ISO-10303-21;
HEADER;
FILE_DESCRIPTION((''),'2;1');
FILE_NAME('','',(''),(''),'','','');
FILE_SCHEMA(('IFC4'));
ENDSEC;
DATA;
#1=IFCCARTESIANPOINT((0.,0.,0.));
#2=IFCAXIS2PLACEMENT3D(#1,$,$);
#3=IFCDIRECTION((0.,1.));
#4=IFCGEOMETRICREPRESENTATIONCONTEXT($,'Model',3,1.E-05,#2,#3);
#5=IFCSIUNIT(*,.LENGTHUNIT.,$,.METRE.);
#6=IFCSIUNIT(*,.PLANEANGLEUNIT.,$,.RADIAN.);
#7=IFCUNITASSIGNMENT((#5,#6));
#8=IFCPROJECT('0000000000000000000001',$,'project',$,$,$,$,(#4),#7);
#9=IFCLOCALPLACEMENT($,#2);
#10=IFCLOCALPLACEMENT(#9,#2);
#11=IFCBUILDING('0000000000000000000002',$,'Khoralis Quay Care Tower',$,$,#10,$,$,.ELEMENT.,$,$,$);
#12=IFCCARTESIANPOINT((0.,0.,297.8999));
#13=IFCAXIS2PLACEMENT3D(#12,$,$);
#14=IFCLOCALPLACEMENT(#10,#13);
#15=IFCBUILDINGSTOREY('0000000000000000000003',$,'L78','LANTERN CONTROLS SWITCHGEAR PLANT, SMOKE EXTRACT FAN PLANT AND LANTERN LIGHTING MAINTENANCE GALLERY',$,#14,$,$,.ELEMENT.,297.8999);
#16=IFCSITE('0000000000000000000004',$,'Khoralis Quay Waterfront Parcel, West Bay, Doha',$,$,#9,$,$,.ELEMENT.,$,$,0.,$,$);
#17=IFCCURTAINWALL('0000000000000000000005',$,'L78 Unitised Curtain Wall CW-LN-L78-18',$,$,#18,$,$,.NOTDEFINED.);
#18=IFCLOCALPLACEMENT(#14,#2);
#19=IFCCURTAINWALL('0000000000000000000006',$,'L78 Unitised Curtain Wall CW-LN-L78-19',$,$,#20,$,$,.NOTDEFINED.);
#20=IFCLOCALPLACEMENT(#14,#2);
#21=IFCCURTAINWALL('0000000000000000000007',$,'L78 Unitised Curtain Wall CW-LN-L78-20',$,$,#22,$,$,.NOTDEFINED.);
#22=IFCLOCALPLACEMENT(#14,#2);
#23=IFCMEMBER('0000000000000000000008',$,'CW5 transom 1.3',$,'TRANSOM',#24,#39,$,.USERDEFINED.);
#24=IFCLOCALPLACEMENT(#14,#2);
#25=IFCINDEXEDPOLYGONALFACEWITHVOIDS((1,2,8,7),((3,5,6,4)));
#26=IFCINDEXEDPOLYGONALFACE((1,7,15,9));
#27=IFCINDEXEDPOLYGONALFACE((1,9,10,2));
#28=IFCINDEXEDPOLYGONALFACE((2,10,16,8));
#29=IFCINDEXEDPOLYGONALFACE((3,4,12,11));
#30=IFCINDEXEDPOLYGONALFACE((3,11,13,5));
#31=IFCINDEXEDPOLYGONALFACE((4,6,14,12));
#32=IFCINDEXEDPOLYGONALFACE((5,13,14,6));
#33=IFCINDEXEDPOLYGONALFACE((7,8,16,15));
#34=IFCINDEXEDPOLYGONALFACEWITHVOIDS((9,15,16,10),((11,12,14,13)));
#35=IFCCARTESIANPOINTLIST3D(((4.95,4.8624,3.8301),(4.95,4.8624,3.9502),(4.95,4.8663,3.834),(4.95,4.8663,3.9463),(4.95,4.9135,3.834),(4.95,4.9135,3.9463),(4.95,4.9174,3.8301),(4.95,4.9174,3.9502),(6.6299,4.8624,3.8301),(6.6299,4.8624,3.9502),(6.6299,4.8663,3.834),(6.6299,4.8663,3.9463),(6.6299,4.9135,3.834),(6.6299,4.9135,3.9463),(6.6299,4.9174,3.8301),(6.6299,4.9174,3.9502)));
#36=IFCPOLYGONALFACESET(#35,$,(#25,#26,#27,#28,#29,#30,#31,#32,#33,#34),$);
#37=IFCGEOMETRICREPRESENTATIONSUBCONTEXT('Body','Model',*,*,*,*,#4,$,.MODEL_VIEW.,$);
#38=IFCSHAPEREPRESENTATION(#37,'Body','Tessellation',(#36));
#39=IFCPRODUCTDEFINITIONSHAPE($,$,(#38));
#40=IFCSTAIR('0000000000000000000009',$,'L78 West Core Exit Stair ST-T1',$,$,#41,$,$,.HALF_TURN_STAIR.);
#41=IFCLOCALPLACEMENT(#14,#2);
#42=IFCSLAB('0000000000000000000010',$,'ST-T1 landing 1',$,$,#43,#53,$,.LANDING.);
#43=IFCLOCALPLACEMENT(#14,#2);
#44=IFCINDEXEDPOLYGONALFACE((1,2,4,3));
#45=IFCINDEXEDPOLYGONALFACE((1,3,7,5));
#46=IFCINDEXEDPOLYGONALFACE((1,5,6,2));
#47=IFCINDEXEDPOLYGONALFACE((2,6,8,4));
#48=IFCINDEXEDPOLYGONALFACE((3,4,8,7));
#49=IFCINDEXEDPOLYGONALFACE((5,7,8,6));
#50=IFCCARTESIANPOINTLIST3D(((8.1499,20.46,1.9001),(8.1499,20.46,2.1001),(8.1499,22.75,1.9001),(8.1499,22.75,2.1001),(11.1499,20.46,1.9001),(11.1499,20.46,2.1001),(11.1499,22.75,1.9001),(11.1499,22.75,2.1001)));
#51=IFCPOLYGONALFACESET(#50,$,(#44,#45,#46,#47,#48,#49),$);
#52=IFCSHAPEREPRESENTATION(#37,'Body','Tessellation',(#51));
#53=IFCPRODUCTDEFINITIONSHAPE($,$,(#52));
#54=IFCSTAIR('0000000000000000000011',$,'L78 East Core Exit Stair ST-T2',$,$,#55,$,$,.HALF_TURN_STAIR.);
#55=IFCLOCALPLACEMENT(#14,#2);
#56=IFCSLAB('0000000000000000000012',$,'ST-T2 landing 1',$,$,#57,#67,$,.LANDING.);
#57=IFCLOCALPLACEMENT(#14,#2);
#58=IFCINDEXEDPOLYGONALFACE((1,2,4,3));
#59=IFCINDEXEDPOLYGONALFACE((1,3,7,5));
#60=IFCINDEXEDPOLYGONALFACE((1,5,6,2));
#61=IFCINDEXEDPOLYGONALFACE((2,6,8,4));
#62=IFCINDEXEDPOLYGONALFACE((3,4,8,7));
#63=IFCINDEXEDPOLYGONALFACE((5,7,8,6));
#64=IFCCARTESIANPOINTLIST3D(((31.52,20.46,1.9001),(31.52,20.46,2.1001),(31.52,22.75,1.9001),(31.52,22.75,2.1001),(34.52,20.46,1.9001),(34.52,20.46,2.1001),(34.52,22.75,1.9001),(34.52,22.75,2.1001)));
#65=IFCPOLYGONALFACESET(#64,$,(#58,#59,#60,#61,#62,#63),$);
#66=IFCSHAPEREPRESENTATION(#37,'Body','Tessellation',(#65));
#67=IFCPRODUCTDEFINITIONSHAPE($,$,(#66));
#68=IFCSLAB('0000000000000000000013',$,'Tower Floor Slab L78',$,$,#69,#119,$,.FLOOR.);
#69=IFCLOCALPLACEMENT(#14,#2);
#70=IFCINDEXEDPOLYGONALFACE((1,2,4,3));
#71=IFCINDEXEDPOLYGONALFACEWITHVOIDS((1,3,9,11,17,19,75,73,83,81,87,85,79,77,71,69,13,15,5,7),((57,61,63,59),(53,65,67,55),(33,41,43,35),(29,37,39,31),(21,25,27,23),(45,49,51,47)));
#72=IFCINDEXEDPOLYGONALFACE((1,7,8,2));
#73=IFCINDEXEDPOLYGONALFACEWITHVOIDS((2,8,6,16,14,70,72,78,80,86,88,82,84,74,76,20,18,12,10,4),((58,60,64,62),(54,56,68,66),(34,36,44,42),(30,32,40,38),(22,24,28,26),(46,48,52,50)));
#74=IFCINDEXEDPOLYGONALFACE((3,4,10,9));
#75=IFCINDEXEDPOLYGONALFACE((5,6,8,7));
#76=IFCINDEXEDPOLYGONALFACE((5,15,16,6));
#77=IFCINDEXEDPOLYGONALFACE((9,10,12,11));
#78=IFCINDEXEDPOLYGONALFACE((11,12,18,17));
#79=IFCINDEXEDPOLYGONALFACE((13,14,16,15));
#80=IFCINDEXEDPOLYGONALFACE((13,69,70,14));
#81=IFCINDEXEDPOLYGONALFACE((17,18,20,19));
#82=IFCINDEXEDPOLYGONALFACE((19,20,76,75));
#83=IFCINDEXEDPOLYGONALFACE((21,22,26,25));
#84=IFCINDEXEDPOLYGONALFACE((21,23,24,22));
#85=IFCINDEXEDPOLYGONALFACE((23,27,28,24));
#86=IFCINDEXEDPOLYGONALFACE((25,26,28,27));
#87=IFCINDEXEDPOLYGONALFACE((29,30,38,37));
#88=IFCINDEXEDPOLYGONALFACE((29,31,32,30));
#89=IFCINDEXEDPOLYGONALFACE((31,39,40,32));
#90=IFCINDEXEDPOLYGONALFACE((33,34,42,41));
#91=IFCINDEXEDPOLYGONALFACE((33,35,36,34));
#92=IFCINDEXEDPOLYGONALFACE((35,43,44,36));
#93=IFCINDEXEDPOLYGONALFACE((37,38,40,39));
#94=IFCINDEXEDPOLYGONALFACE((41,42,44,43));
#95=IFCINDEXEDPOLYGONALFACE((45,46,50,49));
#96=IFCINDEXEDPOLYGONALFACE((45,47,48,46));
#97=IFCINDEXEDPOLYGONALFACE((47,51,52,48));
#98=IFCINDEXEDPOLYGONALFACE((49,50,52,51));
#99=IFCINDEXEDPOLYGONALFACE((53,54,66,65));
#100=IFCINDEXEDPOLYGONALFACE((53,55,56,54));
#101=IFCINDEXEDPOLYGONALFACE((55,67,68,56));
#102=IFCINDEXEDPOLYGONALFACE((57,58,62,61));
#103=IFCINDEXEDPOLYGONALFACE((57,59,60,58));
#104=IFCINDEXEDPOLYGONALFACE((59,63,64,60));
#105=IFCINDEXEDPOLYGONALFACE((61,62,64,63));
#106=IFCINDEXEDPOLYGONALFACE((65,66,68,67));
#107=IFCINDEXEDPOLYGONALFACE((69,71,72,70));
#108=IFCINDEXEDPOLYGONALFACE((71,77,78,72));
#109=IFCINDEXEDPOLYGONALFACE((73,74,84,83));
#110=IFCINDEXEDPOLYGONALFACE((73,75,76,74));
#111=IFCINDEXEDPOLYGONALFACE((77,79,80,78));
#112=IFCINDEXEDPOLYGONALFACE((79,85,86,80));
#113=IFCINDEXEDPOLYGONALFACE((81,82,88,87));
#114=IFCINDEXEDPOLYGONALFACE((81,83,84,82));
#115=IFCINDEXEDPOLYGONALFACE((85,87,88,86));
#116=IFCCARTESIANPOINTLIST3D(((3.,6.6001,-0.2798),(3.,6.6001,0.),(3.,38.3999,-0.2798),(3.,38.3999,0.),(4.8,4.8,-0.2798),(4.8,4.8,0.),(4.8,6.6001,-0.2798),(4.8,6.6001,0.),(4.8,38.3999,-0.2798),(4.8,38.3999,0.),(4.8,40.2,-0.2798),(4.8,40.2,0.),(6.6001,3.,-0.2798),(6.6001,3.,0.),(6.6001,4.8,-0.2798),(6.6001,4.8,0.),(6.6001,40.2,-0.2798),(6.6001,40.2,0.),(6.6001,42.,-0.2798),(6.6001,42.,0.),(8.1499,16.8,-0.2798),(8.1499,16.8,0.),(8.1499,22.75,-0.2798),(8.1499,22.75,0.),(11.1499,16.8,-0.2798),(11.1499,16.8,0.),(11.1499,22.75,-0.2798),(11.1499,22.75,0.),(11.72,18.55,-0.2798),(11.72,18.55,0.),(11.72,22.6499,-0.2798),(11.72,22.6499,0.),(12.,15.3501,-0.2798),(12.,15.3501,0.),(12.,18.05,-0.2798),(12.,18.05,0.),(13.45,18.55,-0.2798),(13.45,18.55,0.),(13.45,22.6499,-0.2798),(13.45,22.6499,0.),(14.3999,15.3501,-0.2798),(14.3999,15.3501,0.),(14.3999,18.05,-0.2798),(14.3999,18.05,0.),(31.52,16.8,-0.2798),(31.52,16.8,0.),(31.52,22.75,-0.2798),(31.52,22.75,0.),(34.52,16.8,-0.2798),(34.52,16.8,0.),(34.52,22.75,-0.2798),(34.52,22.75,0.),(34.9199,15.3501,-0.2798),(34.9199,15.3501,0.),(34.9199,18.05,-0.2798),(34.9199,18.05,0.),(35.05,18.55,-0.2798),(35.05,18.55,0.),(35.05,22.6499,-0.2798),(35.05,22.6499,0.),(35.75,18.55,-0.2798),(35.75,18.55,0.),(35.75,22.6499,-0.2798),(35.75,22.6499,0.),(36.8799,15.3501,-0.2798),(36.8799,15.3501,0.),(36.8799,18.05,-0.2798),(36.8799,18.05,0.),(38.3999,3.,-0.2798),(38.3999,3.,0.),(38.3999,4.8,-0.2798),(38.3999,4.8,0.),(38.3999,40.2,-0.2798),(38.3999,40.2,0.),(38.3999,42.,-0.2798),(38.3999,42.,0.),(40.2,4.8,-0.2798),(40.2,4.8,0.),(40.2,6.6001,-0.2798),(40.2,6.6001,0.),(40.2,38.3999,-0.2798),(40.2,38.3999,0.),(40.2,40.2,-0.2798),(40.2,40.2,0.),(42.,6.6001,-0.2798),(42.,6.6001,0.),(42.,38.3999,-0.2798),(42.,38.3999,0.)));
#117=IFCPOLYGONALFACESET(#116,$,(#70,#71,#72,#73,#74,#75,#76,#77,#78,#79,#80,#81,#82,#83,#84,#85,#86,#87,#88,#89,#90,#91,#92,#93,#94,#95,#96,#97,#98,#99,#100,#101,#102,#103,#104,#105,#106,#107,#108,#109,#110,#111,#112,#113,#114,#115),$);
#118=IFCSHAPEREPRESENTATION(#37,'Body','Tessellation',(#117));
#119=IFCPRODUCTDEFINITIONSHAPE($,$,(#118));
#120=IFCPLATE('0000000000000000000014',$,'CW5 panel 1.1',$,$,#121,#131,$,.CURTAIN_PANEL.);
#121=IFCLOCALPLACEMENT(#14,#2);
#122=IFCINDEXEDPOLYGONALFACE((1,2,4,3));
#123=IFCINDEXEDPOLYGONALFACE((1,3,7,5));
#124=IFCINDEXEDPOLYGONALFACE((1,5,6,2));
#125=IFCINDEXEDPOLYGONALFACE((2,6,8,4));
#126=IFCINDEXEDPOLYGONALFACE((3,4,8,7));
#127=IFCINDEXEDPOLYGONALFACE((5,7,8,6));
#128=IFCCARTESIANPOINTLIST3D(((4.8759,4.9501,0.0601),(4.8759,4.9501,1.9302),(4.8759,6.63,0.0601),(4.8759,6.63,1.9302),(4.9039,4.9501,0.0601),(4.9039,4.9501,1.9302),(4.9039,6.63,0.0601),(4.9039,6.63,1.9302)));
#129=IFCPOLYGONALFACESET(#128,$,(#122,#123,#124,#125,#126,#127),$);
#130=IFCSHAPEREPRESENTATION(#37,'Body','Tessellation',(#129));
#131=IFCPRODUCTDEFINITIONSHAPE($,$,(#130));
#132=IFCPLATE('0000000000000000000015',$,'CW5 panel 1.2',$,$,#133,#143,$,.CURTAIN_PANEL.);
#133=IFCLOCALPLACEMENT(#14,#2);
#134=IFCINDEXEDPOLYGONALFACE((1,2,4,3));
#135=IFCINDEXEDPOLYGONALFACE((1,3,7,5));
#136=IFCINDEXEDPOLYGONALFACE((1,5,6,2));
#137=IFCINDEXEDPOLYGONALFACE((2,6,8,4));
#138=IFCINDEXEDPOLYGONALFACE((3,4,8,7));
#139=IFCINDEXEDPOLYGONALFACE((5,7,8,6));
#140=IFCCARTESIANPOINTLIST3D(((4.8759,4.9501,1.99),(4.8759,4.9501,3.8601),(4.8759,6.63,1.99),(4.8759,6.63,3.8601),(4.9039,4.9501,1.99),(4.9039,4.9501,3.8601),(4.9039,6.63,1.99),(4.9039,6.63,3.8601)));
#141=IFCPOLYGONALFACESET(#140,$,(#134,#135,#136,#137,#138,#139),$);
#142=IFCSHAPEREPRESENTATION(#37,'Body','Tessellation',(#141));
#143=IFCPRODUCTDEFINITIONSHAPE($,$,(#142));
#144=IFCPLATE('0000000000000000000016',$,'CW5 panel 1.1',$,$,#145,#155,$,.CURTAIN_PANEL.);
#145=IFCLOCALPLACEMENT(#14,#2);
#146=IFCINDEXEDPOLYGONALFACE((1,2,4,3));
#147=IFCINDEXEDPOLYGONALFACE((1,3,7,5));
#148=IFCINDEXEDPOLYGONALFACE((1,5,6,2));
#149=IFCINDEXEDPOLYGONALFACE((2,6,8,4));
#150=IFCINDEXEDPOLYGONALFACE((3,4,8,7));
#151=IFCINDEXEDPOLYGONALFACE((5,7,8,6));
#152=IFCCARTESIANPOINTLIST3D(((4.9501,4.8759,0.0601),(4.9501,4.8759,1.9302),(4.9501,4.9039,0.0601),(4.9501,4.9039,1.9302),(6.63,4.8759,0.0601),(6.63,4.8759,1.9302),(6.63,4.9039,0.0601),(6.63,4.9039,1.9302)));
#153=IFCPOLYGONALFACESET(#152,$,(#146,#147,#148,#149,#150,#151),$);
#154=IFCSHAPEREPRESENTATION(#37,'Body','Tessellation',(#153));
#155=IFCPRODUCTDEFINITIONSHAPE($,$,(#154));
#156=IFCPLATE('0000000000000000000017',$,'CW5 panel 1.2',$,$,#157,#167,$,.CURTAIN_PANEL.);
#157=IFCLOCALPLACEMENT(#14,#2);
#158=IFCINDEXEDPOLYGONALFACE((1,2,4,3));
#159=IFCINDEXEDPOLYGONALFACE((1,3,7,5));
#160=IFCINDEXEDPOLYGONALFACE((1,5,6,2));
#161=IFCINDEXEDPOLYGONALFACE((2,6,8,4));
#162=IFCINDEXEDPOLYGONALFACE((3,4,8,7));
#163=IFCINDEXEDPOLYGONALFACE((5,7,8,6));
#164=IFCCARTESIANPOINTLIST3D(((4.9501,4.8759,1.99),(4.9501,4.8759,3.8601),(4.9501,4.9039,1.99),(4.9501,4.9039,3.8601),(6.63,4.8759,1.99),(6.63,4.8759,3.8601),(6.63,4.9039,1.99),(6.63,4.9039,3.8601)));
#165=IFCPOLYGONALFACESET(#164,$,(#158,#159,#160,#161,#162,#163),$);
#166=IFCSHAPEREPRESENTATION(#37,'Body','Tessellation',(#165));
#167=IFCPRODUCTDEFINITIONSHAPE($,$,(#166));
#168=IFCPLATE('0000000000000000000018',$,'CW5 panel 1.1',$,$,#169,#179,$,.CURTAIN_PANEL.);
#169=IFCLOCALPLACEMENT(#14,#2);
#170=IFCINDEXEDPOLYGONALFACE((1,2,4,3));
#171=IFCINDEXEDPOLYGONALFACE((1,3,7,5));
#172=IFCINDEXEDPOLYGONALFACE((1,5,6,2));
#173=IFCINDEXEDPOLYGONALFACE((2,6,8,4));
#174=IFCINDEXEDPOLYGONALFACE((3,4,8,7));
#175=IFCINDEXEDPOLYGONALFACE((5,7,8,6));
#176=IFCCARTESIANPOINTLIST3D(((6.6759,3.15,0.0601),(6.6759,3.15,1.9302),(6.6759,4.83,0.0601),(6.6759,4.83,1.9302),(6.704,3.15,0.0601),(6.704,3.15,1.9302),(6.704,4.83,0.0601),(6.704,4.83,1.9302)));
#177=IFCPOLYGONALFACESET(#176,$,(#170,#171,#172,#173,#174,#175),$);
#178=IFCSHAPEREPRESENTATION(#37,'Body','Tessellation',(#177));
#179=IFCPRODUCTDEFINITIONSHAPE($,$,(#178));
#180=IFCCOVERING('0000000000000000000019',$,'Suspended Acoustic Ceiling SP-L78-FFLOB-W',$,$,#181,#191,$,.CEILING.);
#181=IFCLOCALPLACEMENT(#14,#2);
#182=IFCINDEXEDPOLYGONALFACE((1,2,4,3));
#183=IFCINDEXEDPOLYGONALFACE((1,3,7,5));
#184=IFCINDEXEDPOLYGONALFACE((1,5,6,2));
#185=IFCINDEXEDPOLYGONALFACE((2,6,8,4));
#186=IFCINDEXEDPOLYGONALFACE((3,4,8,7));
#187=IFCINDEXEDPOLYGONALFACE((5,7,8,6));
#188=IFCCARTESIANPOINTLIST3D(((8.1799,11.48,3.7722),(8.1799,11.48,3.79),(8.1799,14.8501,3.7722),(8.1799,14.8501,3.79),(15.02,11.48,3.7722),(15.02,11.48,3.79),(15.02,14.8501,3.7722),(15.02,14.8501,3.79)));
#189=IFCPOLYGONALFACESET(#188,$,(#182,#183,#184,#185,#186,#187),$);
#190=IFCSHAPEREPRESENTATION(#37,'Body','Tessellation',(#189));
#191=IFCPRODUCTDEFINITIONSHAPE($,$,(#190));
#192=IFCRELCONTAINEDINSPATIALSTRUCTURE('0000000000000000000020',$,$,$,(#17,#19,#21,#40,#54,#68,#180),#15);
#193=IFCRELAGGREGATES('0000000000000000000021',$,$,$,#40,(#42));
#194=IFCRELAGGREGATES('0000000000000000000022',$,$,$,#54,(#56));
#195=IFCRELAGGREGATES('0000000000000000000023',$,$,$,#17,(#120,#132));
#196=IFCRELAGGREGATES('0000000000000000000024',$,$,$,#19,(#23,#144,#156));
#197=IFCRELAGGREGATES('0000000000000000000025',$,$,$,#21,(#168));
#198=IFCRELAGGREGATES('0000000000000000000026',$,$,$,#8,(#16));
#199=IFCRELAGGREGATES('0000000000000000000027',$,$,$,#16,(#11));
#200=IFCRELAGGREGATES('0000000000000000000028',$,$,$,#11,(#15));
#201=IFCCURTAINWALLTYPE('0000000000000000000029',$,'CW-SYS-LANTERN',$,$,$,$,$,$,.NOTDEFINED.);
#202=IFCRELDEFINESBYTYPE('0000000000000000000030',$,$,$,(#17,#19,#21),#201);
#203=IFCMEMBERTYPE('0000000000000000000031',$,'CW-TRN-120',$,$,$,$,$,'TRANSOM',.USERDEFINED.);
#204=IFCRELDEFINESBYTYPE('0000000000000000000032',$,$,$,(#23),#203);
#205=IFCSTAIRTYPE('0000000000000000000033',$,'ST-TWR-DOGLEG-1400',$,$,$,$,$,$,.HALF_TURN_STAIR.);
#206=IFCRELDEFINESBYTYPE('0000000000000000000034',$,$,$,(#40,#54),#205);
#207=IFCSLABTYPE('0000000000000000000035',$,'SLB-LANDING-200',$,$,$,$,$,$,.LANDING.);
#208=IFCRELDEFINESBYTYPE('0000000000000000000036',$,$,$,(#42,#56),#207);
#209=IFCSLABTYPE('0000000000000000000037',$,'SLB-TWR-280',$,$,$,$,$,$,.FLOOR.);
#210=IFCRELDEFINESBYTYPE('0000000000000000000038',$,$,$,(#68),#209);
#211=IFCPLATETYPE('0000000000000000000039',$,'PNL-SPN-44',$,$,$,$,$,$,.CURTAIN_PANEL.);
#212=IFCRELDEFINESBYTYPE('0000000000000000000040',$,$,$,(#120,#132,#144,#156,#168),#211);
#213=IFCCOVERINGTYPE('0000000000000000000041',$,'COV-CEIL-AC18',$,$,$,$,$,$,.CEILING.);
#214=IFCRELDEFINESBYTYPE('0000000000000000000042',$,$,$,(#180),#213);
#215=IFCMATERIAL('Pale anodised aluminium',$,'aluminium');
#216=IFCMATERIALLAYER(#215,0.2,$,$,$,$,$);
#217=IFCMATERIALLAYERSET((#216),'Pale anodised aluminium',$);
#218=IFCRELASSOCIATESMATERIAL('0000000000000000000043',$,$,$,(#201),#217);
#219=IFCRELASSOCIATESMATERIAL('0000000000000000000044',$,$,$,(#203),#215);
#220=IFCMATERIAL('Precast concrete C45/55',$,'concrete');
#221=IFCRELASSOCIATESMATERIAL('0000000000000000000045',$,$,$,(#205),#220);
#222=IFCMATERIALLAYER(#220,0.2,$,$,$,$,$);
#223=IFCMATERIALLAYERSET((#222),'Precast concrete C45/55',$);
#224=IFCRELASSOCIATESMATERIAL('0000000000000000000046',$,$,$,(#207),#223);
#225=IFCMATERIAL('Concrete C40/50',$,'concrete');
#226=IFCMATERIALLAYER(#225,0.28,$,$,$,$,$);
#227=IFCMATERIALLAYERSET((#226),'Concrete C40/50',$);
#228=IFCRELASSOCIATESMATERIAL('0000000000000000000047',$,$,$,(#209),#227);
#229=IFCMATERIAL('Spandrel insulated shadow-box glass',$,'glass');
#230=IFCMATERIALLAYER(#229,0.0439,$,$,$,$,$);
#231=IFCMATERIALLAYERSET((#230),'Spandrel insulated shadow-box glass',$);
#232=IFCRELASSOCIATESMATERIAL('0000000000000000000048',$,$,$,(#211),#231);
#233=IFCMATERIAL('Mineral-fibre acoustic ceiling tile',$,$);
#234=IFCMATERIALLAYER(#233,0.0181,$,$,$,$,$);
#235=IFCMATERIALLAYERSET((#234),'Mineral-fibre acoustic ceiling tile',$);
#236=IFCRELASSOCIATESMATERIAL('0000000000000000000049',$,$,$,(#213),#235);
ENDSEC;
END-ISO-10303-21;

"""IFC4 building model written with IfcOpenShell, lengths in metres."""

from ifc_helpers import new_model, si_unit, direction, frame, origin, origin_2d, place, context, subcontext, project, spatial, polyline, rectangle, hollow_rectangle, outline, extrude, source, transform, mapped, material, layer, layer_set, material_profile, profile_set, type_object, element, aggregate, save


model = new_model("IFC4")

# Units and contexts
model_context = context("Model", 3, precision=1e-05, world=origin(), true_north=direction((0.0, 1.0)))
body_context = subcontext(model_context, "Body", "Model", "MODEL_VIEW")
ifc_project = project(units=[si_unit("LENGTHUNIT", "METRE"), si_unit("PLANEANGLEUNIT", "RADIAN")], contexts=[model_context])

# Site, building, storey
site_placement = place(None, origin())
site = spatial("IfcSite", under=ifc_project, at=site_placement, Name="Khoralis Quay Waterfront Parcel, West Bay, Doha", CompositionType="ELEMENT", RefElevation=0.0)
building_placement = place(site_placement, origin())
building = spatial("IfcBuilding", under=site, at=building_placement, Name="Khoralis Quay Care Tower", CompositionType="ELEMENT")
storey_placement = place(building_placement, frame((0.0, 0.0, 297.8999)))
storey = spatial("IfcBuildingStorey", under=building, at=storey_placement, Name="L78", Description="LANTERN CONTROLS SWITCHGEAR PLANT, SMOKE EXTRACT FAN PLANT AND LANTERN LIGHTING MAINTENANCE GALLERY", CompositionType="ELEMENT", Elevation=297.8999)

# Shared definitions
ifc_material_1 = material(Name="Pale anodised aluminium", Category="aluminium")
ifc_layer_1 = layer(ifc_material_1, 0.2)
ifc_layer_set_1 = layer_set([ifc_layer_1], Name="Pale anodised aluminium")
curtain_wall_type = type_object("IfcCurtainWallType", Name="CW-SYS-LANTERN", PredefinedType="NOTDEFINED", material=ifc_layer_set_1)

# Curtain walls
curtain_wall_1_placement = place(storey_placement, origin())
curtain_wall_1 = element("IfcCurtainWall", 1, at=curtain_wall_1_placement, inside=storey, type_object=curtain_wall_type, Name="L78 Unitised Curtain Wall CW-LN-L78-18", PredefinedType="NOTDEFINED")
curtain_wall_2_placement = place(storey_placement, origin())
curtain_wall_2 = element("IfcCurtainWall", 2, at=curtain_wall_2_placement, inside=storey, type_object=curtain_wall_type, Name="L78 Unitised Curtain Wall CW-LN-L78-19", PredefinedType="NOTDEFINED")

# Curtain wall
curtain_wall_3_placement = place(storey_placement, origin())
curtain_wall_3 = element("IfcCurtainWall", 3, at=curtain_wall_3_placement, inside=storey, type_object=curtain_wall_type, Name="L78 Unitised Curtain Wall CW-LN-L78-20", PredefinedType="NOTDEFINED")

# Member
ifc_material_profile_1 = material_profile(ifc_material_1, hollow_rectangle(XDim=0.0549, YDim=0.1201, WallThickness=0.0039, at=origin_2d()), Name="Pale anodised aluminium")
ifc_profile_set_1 = profile_set([ifc_material_profile_1], Name="Pale anodised aluminium")
member_type_1 = type_object("IfcMemberType", Name="CW-TRN-120", ElementType="TRANSOM", PredefinedType="USERDEFINED", material=ifc_profile_set_1)
shared_shape_1 = source(origin(), body_context, "Body", "SweptSolid", [
    extrude(hollow_rectangle(XDim=0.0549, YDim=0.1201, WallThickness=0.0039, at=origin_2d()), origin(), (0.0, 0.0, 1.0), 1.6799),
])
member_1_placement = place(storey_placement, frame((4.95, 4.8899, 3.8901), z_axis=(1.0, 0.0, 0.0), x_axis=(0.0, 1.0, 0.0)))
member_1 = element("IfcMember", 4, at=member_1_placement, type_object=member_type_1, Name="CW5 transom 1.3", ObjectType="TRANSOM", PredefinedType="USERDEFINED", context=body_context, shape_type="MappedRepresentation", body=[
    mapped(shared_shape_1, transform((0.0, 0.0, 0.0), scale=1.0)),
])

# Stairs, slabs
ifc_material_2 = material(Name="Precast concrete C45/55", Category="concrete")
stair_type = type_object("IfcStairType", Name="ST-TWR-DOGLEG-1400", PredefinedType="HALF_TURN_STAIR", material=ifc_material_2)
stair_1_placement = place(storey_placement, origin())
stair_1 = element("IfcStair", 5, at=stair_1_placement, inside=storey, type_object=stair_type, Name="L78 West Core Exit Stair ST-T1", PredefinedType="HALF_TURN_STAIR")
ifc_layer_2 = layer(ifc_material_2, 0.2)
ifc_layer_set_2 = layer_set([ifc_layer_2], Name="Precast concrete C45/55")
slab_type_1 = type_object("IfcSlabType", Name="SLB-LANDING-200", PredefinedType="LANDING", material=ifc_layer_set_2)
slab_1_placement = place(storey_placement, frame((0.0, 0.0, 1.9001)))
slab_1 = element("IfcSlab", 6, at=slab_1_placement, type_object=slab_type_1, Name="ST-T1 landing 1", PredefinedType="LANDING", context=body_context, shape_type="SweptSolid", body=[
    extrude(outline(polyline([(11.1499, 20.46), (11.1499, 22.75), (8.1499, 22.75), (8.1499, 20.46), (11.1499, 20.46)])), origin(), (0.0, 0.0, 1.0), 0.2),
])
aggregate(stair_1, [slab_1])
stair_2_placement = place(storey_placement, origin())
stair_2 = element("IfcStair", 7, at=stair_2_placement, inside=storey, type_object=stair_type, Name="L78 East Core Exit Stair ST-T2", PredefinedType="HALF_TURN_STAIR")
slab_2_placement = place(storey_placement, frame((0.0, 0.0, 1.9001)))
slab_2 = element("IfcSlab", 8, at=slab_2_placement, type_object=slab_type_1, Name="ST-T2 landing 1", PredefinedType="LANDING", context=body_context, shape_type="SweptSolid", body=[
    extrude(outline(polyline([(34.52, 20.46), (34.52, 22.75), (31.52, 22.75), (31.52, 20.46), (34.52, 20.46)])), origin(), (0.0, 0.0, 1.0), 0.2),
])
aggregate(stair_2, [slab_2])

# Slab
ifc_material_3 = material(Name="Concrete C40/50", Category="concrete")
ifc_layer_3 = layer(ifc_material_3, 0.28)
ifc_layer_set_3 = layer_set([ifc_layer_3], Name="Concrete C40/50")
slab_type_2 = type_object("IfcSlabType", Name="SLB-TWR-280", PredefinedType="FLOOR", material=ifc_layer_set_3)
slab_3_placement = place(storey_placement, frame((0.0, 0.0, -0.2798)))
element("IfcSlab", 9, at=slab_3_placement, inside=storey, type_object=slab_type_2, Name="Tower Floor Slab L78", PredefinedType="FLOOR", context=body_context, shape_type="SweptSolid", body=[
    extrude(outline(polyline([(6.6001, 3.0), (38.3999, 3.0), (38.3999, 4.8), (40.2, 4.8), (40.2, 6.6001), (42.0, 6.6001), (42.0, 38.3999), (40.2, 38.3999), (40.2, 40.2), (38.3999, 40.2), (38.3999, 42.0), (6.6001, 42.0), (6.6001, 40.2), (4.8, 40.2), (4.8, 38.3999), (3.0, 38.3999), (3.0, 6.6001), (4.8, 6.6001), (4.8, 4.8), (6.6001, 4.8), (6.6001, 3.0)]), holes=[polyline([(11.1499, 16.8), (11.1499, 22.75), (8.1499, 22.75), (8.1499, 16.8), (11.1499, 16.8)]), polyline([(34.52, 16.8), (34.52, 22.75), (31.52, 22.75), (31.52, 16.8), (34.52, 16.8)]), polyline([(12.0, 15.3501), (14.3999, 15.3501), (14.3999, 18.05), (12.0, 18.05), (12.0, 15.3501)]), polyline([(34.9199, 15.3501), (36.8799, 15.3501), (36.8799, 18.05), (34.9199, 18.05), (34.9199, 15.3501)]), polyline([(11.72, 18.55), (13.45, 18.55), (13.45, 22.6499), (11.72, 22.6499), (11.72, 18.55)]), polyline([(35.05, 18.55), (35.75, 18.55), (35.75, 22.6499), (35.05, 22.6499), (35.05, 18.55)])]), origin(), (0.0, 0.0, 1.0), 0.2798),
])

# Plates
ifc_material_4 = material(Name="Spandrel insulated shadow-box glass", Category="glass")
ifc_layer_4 = layer(ifc_material_4, 0.0439)
ifc_layer_set_4 = layer_set([ifc_layer_4], Name="Spandrel insulated shadow-box glass")
plate_type = type_object("IfcPlateType", Name="PNL-SPN-44", PredefinedType="CURTAIN_PANEL", material=ifc_layer_set_4)
shared_shape_2 = source(origin(), body_context, "Body", "SweptSolid", [
    extrude(rectangle(XDim=1.6799, YDim=0.0281, at=origin_2d()), origin(), (0.0, 0.0, 1.0), 1.8701),
])
plate_1_placement = place(storey_placement, frame((4.8899, 5.79, 0.0601), z_axis=(0.0, 0.0, 1.0), x_axis=(0.0, -1.0, 0.0)))
plate_1 = element("IfcPlate", 10, at=plate_1_placement, type_object=plate_type, Name="CW5 panel 1.1", PredefinedType="CURTAIN_PANEL", context=body_context, shape_type="MappedRepresentation", body=[
    mapped(shared_shape_2, transform((0.0, 0.0, 0.0), scale=1.0)),
])
plate_2_placement = place(storey_placement, frame((4.8899, 5.79, 1.99), z_axis=(0.0, 0.0, 1.0), x_axis=(0.0, -1.0, 0.0)))
plate_2 = element("IfcPlate", 11, at=plate_2_placement, type_object=plate_type, Name="CW5 panel 1.2", PredefinedType="CURTAIN_PANEL", context=body_context, shape_type="MappedRepresentation", body=[
    mapped(shared_shape_2, transform((0.0, 0.0, 0.0), scale=1.0)),
])
aggregate(curtain_wall_1, [plate_1, plate_2])
plate_3_placement = place(storey_placement, frame((5.79, 4.8899, 0.0601), z_axis=(0.0, 0.0, 1.0), x_axis=(1.0, 0.0, 0.0)))
plate_3 = element("IfcPlate", 12, at=plate_3_placement, type_object=plate_type, Name="CW5 panel 1.1", PredefinedType="CURTAIN_PANEL", context=body_context, shape_type="MappedRepresentation", body=[
    mapped(shared_shape_2, transform((0.0, 0.0, 0.0), scale=1.0)),
])
plate_4_placement = place(storey_placement, frame((5.79, 4.8899, 1.99), z_axis=(0.0, 0.0, 1.0), x_axis=(1.0, 0.0, 0.0)))
plate_4 = element("IfcPlate", 13, at=plate_4_placement, type_object=plate_type, Name="CW5 panel 1.2", PredefinedType="CURTAIN_PANEL", context=body_context, shape_type="MappedRepresentation", body=[
    mapped(shared_shape_2, transform((0.0, 0.0, 0.0), scale=1.0)),
])
aggregate(curtain_wall_2, [member_1, plate_3, plate_4])
plate_5_placement = place(storey_placement, frame((6.6899, 3.99, 0.0601), z_axis=(0.0, 0.0, 1.0), x_axis=(0.0, -1.0, 0.0)))
plate_5 = element("IfcPlate", 14, at=plate_5_placement, type_object=plate_type, Name="CW5 panel 1.1", PredefinedType="CURTAIN_PANEL", context=body_context, shape_type="MappedRepresentation", body=[
    mapped(shared_shape_2, transform((0.0, 0.0, 0.0), scale=1.0)),
])
aggregate(curtain_wall_3, [plate_5])

# Covering
ifc_material_5 = material(Name="Mineral-fibre acoustic ceiling tile")
ifc_layer_5 = layer(ifc_material_5, 0.0181)
ifc_layer_set_5 = layer_set([ifc_layer_5], Name="Mineral-fibre acoustic ceiling tile")
covering_type = type_object("IfcCoveringType", Name="COV-CEIL-AC18", PredefinedType="CEILING", material=ifc_layer_set_5)
covering_1_placement = place(storey_placement, frame((0.0, 0.0, 3.7722)))
element("IfcCovering", 15, at=covering_1_placement, inside=storey, type_object=covering_type, Name="Suspended Acoustic Ceiling SP-L78-FFLOB-W", PredefinedType="CEILING", context=body_context, shape_type="SweptSolid", body=[
    extrude(outline(polyline([(8.1799, 11.48), (15.02, 11.48), (15.02, 14.8501), (8.1799, 14.8501), (8.1799, 11.48)])), origin(), (0.0, 0.0, 1.0), 0.0178),
])

save(model, "model.ifc")
